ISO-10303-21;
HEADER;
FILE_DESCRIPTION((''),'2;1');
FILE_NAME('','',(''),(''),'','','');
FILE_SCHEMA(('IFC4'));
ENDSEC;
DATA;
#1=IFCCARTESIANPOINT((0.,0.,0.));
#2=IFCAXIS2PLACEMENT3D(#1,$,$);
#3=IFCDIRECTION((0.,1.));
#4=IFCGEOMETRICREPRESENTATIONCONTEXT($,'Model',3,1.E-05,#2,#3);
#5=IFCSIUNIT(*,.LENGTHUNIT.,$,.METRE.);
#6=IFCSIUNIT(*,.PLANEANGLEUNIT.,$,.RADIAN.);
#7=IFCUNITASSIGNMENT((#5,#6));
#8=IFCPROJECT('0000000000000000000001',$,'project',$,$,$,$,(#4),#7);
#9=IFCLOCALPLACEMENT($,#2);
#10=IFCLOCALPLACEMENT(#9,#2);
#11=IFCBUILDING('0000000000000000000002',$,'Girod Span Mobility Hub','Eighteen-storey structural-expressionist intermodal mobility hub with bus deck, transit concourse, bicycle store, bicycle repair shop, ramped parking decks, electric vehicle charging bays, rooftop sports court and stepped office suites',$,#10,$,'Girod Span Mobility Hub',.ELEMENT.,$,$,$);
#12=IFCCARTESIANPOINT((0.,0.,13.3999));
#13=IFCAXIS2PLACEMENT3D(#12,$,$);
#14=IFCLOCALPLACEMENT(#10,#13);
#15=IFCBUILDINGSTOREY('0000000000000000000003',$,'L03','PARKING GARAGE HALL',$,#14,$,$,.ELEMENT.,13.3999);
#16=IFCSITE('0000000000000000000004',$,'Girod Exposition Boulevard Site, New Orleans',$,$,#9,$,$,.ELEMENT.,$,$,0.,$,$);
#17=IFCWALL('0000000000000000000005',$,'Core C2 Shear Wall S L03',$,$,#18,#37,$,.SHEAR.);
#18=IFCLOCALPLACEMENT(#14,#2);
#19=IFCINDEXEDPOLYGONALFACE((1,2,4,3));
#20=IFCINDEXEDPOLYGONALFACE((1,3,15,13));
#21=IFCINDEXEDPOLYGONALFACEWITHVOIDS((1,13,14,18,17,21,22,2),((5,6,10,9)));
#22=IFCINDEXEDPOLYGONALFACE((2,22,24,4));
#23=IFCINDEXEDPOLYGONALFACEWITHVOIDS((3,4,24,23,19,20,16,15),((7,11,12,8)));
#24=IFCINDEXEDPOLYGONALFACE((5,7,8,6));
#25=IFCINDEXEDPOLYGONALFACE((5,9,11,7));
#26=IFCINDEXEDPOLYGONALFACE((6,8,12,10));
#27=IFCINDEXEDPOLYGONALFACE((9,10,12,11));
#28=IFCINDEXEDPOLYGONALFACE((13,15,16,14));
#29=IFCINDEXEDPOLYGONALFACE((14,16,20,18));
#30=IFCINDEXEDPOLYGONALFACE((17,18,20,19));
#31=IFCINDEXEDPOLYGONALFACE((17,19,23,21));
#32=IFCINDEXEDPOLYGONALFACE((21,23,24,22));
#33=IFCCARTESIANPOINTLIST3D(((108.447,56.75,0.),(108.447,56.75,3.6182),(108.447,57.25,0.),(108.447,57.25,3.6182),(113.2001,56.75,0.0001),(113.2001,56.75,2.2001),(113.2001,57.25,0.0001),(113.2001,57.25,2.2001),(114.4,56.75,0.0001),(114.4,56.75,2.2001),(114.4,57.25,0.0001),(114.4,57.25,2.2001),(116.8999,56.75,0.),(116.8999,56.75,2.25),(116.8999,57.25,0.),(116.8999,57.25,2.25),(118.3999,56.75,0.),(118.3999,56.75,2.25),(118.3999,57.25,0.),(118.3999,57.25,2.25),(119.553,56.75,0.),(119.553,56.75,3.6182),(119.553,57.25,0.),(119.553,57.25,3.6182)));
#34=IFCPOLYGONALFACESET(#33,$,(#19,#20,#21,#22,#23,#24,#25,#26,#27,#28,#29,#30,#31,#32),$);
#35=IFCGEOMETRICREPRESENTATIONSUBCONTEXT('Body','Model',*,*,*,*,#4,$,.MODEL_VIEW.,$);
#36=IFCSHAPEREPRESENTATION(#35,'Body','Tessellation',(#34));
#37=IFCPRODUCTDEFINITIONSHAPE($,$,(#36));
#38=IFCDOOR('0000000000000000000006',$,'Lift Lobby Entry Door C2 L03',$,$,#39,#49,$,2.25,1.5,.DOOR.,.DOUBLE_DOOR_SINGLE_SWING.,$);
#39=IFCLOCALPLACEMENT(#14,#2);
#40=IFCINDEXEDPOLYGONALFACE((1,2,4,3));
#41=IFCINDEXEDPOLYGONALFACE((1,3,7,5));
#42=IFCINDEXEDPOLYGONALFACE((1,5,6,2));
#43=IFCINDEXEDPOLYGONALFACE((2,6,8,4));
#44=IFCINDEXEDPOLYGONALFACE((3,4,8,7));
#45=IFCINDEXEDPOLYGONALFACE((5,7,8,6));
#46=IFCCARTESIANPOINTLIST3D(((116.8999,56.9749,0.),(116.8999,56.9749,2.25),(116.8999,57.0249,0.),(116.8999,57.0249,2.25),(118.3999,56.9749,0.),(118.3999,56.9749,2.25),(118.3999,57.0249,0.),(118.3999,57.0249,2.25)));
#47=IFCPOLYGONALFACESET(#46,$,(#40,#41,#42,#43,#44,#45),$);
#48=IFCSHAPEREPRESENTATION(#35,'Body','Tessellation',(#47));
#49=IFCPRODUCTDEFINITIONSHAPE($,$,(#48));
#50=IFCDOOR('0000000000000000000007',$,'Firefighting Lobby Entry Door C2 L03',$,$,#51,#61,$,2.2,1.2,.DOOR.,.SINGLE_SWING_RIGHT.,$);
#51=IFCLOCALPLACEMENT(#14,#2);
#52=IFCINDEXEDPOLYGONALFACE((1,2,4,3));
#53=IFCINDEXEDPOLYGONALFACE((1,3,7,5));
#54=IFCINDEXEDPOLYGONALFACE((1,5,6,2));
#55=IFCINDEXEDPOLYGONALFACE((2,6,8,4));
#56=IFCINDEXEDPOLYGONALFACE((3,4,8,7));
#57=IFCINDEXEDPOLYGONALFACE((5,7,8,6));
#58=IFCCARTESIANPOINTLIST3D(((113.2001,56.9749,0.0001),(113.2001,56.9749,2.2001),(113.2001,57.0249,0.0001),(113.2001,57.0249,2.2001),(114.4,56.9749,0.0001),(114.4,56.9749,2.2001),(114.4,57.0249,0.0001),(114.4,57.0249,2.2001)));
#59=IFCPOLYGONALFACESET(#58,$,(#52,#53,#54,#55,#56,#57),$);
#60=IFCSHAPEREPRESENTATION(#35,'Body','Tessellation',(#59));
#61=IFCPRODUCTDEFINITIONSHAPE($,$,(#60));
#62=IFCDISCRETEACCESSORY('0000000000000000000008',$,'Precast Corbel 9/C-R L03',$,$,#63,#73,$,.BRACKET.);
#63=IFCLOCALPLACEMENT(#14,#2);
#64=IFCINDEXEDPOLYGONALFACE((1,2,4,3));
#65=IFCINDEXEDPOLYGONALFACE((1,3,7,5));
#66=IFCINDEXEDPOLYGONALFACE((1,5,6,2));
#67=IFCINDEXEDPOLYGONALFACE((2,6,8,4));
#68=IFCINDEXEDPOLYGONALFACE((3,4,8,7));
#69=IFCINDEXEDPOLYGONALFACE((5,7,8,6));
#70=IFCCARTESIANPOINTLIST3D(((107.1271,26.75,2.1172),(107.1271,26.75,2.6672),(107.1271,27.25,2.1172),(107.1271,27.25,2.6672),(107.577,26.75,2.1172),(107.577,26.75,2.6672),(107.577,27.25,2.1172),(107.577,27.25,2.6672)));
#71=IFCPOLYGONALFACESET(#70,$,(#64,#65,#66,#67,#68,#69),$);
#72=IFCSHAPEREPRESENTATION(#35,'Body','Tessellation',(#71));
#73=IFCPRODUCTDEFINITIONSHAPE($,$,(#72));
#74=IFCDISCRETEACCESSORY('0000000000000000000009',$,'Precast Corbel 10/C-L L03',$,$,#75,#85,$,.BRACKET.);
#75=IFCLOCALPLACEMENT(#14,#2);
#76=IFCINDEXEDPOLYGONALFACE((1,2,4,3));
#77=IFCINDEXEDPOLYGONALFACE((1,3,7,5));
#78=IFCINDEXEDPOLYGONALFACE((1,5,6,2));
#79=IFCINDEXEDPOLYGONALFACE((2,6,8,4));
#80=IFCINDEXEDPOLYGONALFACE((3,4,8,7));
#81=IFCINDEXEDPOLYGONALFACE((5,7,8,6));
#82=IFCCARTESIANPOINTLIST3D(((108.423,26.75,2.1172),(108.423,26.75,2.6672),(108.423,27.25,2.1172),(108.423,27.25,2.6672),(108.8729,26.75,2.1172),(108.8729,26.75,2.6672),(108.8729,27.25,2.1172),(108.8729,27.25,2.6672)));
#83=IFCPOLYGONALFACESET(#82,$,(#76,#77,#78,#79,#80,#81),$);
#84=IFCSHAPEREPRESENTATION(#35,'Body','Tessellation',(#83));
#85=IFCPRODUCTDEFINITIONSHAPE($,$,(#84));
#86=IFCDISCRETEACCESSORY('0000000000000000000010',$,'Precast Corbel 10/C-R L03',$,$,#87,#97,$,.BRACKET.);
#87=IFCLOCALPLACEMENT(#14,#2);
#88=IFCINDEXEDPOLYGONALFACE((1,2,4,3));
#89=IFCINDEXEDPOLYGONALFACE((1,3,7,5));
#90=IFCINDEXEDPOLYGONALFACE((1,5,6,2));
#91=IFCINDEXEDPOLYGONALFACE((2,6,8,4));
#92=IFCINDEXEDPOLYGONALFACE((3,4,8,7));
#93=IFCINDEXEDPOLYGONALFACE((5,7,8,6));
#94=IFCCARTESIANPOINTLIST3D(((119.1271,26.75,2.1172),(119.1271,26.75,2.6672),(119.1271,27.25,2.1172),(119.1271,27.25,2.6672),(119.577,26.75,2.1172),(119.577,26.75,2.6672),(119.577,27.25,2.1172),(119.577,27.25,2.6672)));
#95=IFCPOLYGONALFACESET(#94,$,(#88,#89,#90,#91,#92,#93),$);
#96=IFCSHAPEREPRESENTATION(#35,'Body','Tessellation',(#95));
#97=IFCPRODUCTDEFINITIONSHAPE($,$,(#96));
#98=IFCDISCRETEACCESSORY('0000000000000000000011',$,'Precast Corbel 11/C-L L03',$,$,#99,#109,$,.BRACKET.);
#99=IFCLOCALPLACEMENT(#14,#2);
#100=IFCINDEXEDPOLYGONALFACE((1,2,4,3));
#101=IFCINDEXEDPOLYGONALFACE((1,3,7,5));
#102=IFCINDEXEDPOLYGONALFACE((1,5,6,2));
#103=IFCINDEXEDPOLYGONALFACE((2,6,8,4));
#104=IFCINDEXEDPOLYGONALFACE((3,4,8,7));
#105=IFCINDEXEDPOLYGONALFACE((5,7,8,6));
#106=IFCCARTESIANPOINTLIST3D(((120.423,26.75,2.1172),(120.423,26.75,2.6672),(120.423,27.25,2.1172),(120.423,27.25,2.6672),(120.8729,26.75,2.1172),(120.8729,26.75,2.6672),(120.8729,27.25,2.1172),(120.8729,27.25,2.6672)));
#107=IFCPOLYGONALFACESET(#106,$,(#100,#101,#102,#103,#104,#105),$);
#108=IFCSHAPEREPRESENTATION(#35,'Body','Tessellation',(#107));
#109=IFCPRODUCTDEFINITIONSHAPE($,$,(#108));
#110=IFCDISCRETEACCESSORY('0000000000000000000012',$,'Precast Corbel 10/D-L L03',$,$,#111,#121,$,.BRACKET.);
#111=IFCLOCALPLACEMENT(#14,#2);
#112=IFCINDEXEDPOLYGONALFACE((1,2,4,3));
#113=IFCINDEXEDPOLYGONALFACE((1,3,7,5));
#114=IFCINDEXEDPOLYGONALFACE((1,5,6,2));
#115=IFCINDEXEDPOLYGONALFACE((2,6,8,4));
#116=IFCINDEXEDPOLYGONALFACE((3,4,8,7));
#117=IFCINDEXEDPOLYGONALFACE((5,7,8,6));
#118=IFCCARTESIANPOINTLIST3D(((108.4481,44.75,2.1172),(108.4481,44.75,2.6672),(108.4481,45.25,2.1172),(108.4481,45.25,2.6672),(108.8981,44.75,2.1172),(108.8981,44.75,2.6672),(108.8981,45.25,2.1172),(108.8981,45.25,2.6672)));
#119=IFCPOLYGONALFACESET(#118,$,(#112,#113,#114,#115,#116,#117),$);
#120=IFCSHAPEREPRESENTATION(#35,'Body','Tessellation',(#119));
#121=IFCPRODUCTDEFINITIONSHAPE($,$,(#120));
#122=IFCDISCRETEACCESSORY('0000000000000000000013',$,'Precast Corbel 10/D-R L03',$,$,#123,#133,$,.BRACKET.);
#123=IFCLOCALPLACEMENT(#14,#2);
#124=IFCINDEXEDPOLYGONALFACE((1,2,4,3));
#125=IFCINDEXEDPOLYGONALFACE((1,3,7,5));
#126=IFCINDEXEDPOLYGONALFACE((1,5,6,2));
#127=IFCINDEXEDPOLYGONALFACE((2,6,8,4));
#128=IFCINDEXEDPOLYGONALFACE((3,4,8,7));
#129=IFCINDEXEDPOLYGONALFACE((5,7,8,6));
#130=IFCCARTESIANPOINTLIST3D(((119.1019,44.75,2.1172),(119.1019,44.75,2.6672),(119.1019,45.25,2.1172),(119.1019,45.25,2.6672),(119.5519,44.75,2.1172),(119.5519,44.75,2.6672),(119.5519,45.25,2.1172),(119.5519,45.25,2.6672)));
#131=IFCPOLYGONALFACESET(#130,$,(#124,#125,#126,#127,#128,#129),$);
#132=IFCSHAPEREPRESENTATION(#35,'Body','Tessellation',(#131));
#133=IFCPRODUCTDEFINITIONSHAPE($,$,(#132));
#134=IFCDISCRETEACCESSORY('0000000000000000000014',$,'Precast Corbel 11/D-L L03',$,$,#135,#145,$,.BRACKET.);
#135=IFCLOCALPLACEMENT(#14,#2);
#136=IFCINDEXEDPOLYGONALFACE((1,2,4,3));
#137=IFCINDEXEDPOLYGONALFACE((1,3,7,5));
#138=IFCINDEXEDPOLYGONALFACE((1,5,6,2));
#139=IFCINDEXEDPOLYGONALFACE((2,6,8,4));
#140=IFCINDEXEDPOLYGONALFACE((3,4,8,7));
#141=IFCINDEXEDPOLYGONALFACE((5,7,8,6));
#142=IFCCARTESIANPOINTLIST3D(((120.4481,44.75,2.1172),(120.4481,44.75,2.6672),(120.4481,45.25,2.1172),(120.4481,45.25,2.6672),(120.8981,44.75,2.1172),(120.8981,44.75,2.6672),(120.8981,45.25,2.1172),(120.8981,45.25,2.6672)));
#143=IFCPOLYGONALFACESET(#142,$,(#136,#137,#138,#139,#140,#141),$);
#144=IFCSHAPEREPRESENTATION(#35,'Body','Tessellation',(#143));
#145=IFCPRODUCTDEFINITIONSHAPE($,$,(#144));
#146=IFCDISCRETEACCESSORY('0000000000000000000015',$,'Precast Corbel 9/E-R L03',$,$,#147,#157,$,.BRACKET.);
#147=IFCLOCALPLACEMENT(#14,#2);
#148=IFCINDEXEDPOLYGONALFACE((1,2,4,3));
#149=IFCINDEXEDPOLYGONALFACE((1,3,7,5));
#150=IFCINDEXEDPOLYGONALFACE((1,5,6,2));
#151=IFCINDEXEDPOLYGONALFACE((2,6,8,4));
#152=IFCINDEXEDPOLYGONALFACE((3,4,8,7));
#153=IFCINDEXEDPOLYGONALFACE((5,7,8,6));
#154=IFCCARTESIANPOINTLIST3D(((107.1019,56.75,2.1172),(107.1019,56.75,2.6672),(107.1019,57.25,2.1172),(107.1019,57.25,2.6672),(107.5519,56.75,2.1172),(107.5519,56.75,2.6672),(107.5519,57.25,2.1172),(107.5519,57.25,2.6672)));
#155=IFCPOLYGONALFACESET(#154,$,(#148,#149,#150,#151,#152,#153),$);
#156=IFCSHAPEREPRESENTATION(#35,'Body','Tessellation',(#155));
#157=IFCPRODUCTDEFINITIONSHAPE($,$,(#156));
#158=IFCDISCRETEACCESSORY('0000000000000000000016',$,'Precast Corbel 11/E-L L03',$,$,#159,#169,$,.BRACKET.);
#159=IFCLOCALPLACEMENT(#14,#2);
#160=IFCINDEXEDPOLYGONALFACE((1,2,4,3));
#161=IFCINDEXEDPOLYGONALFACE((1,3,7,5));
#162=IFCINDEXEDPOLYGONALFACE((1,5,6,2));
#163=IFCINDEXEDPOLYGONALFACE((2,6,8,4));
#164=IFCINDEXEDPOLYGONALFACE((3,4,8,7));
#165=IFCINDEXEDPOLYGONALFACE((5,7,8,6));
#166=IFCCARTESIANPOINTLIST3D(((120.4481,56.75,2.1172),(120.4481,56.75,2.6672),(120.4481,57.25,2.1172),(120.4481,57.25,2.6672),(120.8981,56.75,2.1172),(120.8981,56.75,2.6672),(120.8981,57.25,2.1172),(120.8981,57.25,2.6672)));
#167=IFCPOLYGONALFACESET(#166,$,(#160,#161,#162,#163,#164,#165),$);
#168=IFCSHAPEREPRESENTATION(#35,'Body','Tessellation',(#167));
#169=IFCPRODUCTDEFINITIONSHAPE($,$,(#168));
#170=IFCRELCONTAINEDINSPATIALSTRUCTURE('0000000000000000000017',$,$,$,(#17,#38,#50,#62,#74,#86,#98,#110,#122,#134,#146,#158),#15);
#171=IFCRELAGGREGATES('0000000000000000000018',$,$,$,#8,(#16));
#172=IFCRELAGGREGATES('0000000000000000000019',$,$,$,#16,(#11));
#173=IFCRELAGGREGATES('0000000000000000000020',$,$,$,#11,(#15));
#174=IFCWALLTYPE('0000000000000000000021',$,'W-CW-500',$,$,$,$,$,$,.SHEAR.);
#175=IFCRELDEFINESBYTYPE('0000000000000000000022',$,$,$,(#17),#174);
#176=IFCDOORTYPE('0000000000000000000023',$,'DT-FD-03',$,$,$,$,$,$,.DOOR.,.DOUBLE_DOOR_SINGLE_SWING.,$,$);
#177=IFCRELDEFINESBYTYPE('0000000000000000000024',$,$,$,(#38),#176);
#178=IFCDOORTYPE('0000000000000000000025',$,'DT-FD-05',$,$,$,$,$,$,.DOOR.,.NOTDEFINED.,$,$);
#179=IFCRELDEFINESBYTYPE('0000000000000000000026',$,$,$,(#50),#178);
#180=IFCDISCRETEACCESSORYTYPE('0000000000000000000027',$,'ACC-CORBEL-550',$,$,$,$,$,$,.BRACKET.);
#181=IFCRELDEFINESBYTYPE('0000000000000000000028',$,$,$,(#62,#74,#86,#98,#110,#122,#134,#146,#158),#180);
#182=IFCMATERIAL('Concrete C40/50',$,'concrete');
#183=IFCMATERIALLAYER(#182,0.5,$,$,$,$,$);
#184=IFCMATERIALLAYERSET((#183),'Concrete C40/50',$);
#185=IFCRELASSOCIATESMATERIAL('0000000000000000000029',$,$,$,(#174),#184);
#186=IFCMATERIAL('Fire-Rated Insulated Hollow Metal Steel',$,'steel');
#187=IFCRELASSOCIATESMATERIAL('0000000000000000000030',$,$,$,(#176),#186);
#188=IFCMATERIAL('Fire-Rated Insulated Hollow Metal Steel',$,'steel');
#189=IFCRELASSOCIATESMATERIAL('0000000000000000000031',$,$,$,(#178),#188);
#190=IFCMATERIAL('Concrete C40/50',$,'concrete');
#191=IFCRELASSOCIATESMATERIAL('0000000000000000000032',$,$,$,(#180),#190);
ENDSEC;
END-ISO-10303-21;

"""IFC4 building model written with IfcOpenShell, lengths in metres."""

from ifc_helpers import new_model, si_unit, direction, frame, frame_2d, origin, origin_2d, place, context, subcontext, project, spatial, rectangle, extrude, material, layer, layer_set, type_object, element, fill, save


model = new_model("IFC4")

# Units and contexts
model_context = context("Model", 3, precision=1e-05, world=origin(), true_north=direction((0.0, 1.0)))
body_context = subcontext(model_context, "Body", "Model", "MODEL_VIEW")
ifc_project = project(units=[si_unit("LENGTHUNIT", "METRE"), si_unit("PLANEANGLEUNIT", "RADIAN")], contexts=[model_context])

# Site, building, storey
site_placement = place(None, origin())
site = spatial("IfcSite", under=ifc_project, at=site_placement, Name="Girod Exposition Boulevard Site, New Orleans", CompositionType="ELEMENT", RefElevation=0.0)
building_placement = place(site_placement, origin())
building = spatial("IfcBuilding", under=site, at=building_placement, Name="Girod Span Mobility Hub", Description="Eighteen-storey structural-expressionist intermodal mobility hub with bus deck, transit concourse, bicycle store, bicycle repair shop, ramped parking decks, electric vehicle charging bays, rooftop sports court and stepped office suites", LongName="Girod Span Mobility Hub", CompositionType="ELEMENT")
storey_placement = place(building_placement, frame((0.0, 0.0, 13.3999)))
storey = spatial("IfcBuildingStorey", under=building, at=storey_placement, Name="L03", Description="PARKING GARAGE HALL", CompositionType="ELEMENT", Elevation=13.3999)

# Wall, openings, doors
ifc_material_1 = material(Name="Concrete C40/50", Category="concrete")
ifc_layer = layer(ifc_material_1, 0.5)
ifc_layer_set = layer_set([ifc_layer], Name="Concrete C40/50")
wall_type = type_object("IfcWallType", Name="W-CW-500", PredefinedType="SHEAR", material=ifc_layer_set)
wall_placement = place(storey_placement, frame((108.447, 57.0, 0.0), z_axis=(0.0, 0.0, 1.0), x_axis=(1.0, 0.0, 0.0)))
wall = element("IfcWall", 1, at=wall_placement, inside=storey, type_object=wall_type, Name="Core C2 Shear Wall S L03", PredefinedType="SHEAR", context=body_context, shape_type="SweptSolid", body=[
    extrude(rectangle(XDim=11.106, YDim=0.5, at=frame_2d((5.553, 0.0))), origin(), (0.0, 0.0, 1.0), 3.6182),
])
opening_1_placement = place(wall_placement, frame((4.7529, 0.0, 0.0)))
opening_1 = element("IfcOpeningElement", 2, at=opening_1_placement, cuts=wall, PredefinedType="OPENING", context=body_context, shape_type="SweptSolid", body=[
    extrude(rectangle(XDim=1.2, YDim=2.2, at=frame_2d((0.6001, 1.1001))), frame((0.0, 0.2649, 0.0), z_axis=(0.0, -1.0, 0.0), x_axis=(1.0, 0.0, 0.0)), (0.0, 0.0, 1.0), 0.53),
])
opening_2_placement = place(wall_placement, frame((8.4529, 0.0, 0.0)))
opening_2 = element("IfcOpeningElement", 3, at=opening_2_placement, cuts=wall, PredefinedType="OPENING", context=body_context, shape_type="SweptSolid", body=[
    extrude(rectangle(XDim=1.5, YDim=2.25, at=frame_2d((0.75, 1.125))), frame((0.0, 0.2649, 0.0), z_axis=(0.0, -1.0, 0.0), x_axis=(1.0, 0.0, 0.0)), (0.0, 0.0, 1.0), 0.53),
])
ifc_material_2 = material(Name="Fire-Rated Insulated Hollow Metal Steel", Category="steel")
door_type_1 = type_object("IfcDoorType", Name="DT-FD-03", OperationType="DOUBLE_DOOR_SINGLE_SWING", PredefinedType="DOOR", material=ifc_material_2)
door_1_placement = place(opening_2_placement, origin())
door_1 = element("IfcDoor", 4, at=door_1_placement, inside=storey, type_object=door_type_1, Name="Lift Lobby Entry Door C2 L03", OperationType="DOUBLE_DOOR_SINGLE_SWING", OverallHeight=2.25, OverallWidth=1.5, PredefinedType="DOOR", context=body_context, shape_type="SweptSolid", body=[
    extrude(rectangle(XDim=1.5, YDim=2.25, at=frame_2d((0.75, 1.125))), frame((0.0, 0.0249, 0.0), z_axis=(0.0, -1.0, 0.0), x_axis=(1.0, 0.0, 0.0)), (0.0, 0.0, 1.0), 0.05),
])
fill(opening_2, door_1)
ifc_material_3 = material(Name="Fire-Rated Insulated Hollow Metal Steel", Category="steel")
door_type_2 = type_object("IfcDoorType", Name="DT-FD-05", OperationType="NOTDEFINED", PredefinedType="DOOR", material=ifc_material_3)
door_2_placement = place(opening_1_placement, origin())
door_2 = element("IfcDoor", 5, at=door_2_placement, inside=storey, type_object=door_type_2, Name="Firefighting Lobby Entry Door C2 L03", OperationType="SINGLE_SWING_RIGHT", OverallHeight=2.2, OverallWidth=1.2, PredefinedType="DOOR", context=body_context, shape_type="SweptSolid", body=[
    extrude(rectangle(XDim=1.2, YDim=2.2, at=frame_2d((0.6001, 1.1001))), frame((0.0, 0.0249, 0.0), z_axis=(0.0, -1.0, 0.0), x_axis=(1.0, 0.0, 0.0)), (0.0, 0.0, 1.0), 0.05),
])
fill(opening_1, door_2)

# Discrete accessories
ifc_material_4 = material(Name="Concrete C40/50", Category="concrete")
discrete_accessory_type = type_object("IfcDiscreteAccessoryType", Name="ACC-CORBEL-550", PredefinedType="BRACKET", material=ifc_material_4)
for number, where, z_axis, x_axis, name in (
    (6, (107.3521, 27.0, 2.1172), (0.0, 0.0, 1.0), (1.0, 0.0, 0.0), "Precast Corbel 9/C-R L03"),
    (7, (108.6479, 27.0, 2.1172), (0.0, 0.0, 1.0), (1.0, 0.0, 0.0), "Precast Corbel 10/C-L L03"),
    (8, (119.3521, 27.0, 2.1172), (0.0, 0.0, 1.0), (1.0, 0.0, 0.0), "Precast Corbel 10/C-R L03"),
    (9, (120.6479, 27.0, 2.1172), (0.0, 0.0, 1.0), (1.0, 0.0, 0.0), "Precast Corbel 11/C-L L03"),
    (10, (108.6731, 45.0, 2.1172), (0.0, 0.0, 1.0), (1.0, 0.0, 0.0), "Precast Corbel 10/D-L L03"),
    (11, (119.3269, 45.0, 2.1172), (0.0, 0.0, 1.0), (1.0, 0.0, 0.0), "Precast Corbel 10/D-R L03"),
    (12, (120.6731, 45.0, 2.1172), (0.0, 0.0, 1.0), (1.0, 0.0, 0.0), "Precast Corbel 11/D-L L03"),
    (13, (107.3269, 57.0, 2.1172), (0.0, 0.0, 1.0), (1.0, 0.0, 0.0), "Precast Corbel 9/E-R L03"),
    (14, (120.6731, 57.0, 2.1172), (0.0, 0.0, 1.0), (1.0, 0.0, 0.0), "Precast Corbel 11/E-L L03"),
):
    element("IfcDiscreteAccessory", number, at=place(storey_placement, frame(where, z_axis=z_axis, x_axis=x_axis)), inside=storey, type_object=discrete_accessory_type, Name=name, PredefinedType="BRACKET", context=body_context, shape_type="SweptSolid", body=[
        extrude(rectangle(XDim=0.45, YDim=0.5, at=origin_2d()), origin(), (0.0, 0.0, 1.0), 0.55),
    ])

save(model, "model.ifc")
